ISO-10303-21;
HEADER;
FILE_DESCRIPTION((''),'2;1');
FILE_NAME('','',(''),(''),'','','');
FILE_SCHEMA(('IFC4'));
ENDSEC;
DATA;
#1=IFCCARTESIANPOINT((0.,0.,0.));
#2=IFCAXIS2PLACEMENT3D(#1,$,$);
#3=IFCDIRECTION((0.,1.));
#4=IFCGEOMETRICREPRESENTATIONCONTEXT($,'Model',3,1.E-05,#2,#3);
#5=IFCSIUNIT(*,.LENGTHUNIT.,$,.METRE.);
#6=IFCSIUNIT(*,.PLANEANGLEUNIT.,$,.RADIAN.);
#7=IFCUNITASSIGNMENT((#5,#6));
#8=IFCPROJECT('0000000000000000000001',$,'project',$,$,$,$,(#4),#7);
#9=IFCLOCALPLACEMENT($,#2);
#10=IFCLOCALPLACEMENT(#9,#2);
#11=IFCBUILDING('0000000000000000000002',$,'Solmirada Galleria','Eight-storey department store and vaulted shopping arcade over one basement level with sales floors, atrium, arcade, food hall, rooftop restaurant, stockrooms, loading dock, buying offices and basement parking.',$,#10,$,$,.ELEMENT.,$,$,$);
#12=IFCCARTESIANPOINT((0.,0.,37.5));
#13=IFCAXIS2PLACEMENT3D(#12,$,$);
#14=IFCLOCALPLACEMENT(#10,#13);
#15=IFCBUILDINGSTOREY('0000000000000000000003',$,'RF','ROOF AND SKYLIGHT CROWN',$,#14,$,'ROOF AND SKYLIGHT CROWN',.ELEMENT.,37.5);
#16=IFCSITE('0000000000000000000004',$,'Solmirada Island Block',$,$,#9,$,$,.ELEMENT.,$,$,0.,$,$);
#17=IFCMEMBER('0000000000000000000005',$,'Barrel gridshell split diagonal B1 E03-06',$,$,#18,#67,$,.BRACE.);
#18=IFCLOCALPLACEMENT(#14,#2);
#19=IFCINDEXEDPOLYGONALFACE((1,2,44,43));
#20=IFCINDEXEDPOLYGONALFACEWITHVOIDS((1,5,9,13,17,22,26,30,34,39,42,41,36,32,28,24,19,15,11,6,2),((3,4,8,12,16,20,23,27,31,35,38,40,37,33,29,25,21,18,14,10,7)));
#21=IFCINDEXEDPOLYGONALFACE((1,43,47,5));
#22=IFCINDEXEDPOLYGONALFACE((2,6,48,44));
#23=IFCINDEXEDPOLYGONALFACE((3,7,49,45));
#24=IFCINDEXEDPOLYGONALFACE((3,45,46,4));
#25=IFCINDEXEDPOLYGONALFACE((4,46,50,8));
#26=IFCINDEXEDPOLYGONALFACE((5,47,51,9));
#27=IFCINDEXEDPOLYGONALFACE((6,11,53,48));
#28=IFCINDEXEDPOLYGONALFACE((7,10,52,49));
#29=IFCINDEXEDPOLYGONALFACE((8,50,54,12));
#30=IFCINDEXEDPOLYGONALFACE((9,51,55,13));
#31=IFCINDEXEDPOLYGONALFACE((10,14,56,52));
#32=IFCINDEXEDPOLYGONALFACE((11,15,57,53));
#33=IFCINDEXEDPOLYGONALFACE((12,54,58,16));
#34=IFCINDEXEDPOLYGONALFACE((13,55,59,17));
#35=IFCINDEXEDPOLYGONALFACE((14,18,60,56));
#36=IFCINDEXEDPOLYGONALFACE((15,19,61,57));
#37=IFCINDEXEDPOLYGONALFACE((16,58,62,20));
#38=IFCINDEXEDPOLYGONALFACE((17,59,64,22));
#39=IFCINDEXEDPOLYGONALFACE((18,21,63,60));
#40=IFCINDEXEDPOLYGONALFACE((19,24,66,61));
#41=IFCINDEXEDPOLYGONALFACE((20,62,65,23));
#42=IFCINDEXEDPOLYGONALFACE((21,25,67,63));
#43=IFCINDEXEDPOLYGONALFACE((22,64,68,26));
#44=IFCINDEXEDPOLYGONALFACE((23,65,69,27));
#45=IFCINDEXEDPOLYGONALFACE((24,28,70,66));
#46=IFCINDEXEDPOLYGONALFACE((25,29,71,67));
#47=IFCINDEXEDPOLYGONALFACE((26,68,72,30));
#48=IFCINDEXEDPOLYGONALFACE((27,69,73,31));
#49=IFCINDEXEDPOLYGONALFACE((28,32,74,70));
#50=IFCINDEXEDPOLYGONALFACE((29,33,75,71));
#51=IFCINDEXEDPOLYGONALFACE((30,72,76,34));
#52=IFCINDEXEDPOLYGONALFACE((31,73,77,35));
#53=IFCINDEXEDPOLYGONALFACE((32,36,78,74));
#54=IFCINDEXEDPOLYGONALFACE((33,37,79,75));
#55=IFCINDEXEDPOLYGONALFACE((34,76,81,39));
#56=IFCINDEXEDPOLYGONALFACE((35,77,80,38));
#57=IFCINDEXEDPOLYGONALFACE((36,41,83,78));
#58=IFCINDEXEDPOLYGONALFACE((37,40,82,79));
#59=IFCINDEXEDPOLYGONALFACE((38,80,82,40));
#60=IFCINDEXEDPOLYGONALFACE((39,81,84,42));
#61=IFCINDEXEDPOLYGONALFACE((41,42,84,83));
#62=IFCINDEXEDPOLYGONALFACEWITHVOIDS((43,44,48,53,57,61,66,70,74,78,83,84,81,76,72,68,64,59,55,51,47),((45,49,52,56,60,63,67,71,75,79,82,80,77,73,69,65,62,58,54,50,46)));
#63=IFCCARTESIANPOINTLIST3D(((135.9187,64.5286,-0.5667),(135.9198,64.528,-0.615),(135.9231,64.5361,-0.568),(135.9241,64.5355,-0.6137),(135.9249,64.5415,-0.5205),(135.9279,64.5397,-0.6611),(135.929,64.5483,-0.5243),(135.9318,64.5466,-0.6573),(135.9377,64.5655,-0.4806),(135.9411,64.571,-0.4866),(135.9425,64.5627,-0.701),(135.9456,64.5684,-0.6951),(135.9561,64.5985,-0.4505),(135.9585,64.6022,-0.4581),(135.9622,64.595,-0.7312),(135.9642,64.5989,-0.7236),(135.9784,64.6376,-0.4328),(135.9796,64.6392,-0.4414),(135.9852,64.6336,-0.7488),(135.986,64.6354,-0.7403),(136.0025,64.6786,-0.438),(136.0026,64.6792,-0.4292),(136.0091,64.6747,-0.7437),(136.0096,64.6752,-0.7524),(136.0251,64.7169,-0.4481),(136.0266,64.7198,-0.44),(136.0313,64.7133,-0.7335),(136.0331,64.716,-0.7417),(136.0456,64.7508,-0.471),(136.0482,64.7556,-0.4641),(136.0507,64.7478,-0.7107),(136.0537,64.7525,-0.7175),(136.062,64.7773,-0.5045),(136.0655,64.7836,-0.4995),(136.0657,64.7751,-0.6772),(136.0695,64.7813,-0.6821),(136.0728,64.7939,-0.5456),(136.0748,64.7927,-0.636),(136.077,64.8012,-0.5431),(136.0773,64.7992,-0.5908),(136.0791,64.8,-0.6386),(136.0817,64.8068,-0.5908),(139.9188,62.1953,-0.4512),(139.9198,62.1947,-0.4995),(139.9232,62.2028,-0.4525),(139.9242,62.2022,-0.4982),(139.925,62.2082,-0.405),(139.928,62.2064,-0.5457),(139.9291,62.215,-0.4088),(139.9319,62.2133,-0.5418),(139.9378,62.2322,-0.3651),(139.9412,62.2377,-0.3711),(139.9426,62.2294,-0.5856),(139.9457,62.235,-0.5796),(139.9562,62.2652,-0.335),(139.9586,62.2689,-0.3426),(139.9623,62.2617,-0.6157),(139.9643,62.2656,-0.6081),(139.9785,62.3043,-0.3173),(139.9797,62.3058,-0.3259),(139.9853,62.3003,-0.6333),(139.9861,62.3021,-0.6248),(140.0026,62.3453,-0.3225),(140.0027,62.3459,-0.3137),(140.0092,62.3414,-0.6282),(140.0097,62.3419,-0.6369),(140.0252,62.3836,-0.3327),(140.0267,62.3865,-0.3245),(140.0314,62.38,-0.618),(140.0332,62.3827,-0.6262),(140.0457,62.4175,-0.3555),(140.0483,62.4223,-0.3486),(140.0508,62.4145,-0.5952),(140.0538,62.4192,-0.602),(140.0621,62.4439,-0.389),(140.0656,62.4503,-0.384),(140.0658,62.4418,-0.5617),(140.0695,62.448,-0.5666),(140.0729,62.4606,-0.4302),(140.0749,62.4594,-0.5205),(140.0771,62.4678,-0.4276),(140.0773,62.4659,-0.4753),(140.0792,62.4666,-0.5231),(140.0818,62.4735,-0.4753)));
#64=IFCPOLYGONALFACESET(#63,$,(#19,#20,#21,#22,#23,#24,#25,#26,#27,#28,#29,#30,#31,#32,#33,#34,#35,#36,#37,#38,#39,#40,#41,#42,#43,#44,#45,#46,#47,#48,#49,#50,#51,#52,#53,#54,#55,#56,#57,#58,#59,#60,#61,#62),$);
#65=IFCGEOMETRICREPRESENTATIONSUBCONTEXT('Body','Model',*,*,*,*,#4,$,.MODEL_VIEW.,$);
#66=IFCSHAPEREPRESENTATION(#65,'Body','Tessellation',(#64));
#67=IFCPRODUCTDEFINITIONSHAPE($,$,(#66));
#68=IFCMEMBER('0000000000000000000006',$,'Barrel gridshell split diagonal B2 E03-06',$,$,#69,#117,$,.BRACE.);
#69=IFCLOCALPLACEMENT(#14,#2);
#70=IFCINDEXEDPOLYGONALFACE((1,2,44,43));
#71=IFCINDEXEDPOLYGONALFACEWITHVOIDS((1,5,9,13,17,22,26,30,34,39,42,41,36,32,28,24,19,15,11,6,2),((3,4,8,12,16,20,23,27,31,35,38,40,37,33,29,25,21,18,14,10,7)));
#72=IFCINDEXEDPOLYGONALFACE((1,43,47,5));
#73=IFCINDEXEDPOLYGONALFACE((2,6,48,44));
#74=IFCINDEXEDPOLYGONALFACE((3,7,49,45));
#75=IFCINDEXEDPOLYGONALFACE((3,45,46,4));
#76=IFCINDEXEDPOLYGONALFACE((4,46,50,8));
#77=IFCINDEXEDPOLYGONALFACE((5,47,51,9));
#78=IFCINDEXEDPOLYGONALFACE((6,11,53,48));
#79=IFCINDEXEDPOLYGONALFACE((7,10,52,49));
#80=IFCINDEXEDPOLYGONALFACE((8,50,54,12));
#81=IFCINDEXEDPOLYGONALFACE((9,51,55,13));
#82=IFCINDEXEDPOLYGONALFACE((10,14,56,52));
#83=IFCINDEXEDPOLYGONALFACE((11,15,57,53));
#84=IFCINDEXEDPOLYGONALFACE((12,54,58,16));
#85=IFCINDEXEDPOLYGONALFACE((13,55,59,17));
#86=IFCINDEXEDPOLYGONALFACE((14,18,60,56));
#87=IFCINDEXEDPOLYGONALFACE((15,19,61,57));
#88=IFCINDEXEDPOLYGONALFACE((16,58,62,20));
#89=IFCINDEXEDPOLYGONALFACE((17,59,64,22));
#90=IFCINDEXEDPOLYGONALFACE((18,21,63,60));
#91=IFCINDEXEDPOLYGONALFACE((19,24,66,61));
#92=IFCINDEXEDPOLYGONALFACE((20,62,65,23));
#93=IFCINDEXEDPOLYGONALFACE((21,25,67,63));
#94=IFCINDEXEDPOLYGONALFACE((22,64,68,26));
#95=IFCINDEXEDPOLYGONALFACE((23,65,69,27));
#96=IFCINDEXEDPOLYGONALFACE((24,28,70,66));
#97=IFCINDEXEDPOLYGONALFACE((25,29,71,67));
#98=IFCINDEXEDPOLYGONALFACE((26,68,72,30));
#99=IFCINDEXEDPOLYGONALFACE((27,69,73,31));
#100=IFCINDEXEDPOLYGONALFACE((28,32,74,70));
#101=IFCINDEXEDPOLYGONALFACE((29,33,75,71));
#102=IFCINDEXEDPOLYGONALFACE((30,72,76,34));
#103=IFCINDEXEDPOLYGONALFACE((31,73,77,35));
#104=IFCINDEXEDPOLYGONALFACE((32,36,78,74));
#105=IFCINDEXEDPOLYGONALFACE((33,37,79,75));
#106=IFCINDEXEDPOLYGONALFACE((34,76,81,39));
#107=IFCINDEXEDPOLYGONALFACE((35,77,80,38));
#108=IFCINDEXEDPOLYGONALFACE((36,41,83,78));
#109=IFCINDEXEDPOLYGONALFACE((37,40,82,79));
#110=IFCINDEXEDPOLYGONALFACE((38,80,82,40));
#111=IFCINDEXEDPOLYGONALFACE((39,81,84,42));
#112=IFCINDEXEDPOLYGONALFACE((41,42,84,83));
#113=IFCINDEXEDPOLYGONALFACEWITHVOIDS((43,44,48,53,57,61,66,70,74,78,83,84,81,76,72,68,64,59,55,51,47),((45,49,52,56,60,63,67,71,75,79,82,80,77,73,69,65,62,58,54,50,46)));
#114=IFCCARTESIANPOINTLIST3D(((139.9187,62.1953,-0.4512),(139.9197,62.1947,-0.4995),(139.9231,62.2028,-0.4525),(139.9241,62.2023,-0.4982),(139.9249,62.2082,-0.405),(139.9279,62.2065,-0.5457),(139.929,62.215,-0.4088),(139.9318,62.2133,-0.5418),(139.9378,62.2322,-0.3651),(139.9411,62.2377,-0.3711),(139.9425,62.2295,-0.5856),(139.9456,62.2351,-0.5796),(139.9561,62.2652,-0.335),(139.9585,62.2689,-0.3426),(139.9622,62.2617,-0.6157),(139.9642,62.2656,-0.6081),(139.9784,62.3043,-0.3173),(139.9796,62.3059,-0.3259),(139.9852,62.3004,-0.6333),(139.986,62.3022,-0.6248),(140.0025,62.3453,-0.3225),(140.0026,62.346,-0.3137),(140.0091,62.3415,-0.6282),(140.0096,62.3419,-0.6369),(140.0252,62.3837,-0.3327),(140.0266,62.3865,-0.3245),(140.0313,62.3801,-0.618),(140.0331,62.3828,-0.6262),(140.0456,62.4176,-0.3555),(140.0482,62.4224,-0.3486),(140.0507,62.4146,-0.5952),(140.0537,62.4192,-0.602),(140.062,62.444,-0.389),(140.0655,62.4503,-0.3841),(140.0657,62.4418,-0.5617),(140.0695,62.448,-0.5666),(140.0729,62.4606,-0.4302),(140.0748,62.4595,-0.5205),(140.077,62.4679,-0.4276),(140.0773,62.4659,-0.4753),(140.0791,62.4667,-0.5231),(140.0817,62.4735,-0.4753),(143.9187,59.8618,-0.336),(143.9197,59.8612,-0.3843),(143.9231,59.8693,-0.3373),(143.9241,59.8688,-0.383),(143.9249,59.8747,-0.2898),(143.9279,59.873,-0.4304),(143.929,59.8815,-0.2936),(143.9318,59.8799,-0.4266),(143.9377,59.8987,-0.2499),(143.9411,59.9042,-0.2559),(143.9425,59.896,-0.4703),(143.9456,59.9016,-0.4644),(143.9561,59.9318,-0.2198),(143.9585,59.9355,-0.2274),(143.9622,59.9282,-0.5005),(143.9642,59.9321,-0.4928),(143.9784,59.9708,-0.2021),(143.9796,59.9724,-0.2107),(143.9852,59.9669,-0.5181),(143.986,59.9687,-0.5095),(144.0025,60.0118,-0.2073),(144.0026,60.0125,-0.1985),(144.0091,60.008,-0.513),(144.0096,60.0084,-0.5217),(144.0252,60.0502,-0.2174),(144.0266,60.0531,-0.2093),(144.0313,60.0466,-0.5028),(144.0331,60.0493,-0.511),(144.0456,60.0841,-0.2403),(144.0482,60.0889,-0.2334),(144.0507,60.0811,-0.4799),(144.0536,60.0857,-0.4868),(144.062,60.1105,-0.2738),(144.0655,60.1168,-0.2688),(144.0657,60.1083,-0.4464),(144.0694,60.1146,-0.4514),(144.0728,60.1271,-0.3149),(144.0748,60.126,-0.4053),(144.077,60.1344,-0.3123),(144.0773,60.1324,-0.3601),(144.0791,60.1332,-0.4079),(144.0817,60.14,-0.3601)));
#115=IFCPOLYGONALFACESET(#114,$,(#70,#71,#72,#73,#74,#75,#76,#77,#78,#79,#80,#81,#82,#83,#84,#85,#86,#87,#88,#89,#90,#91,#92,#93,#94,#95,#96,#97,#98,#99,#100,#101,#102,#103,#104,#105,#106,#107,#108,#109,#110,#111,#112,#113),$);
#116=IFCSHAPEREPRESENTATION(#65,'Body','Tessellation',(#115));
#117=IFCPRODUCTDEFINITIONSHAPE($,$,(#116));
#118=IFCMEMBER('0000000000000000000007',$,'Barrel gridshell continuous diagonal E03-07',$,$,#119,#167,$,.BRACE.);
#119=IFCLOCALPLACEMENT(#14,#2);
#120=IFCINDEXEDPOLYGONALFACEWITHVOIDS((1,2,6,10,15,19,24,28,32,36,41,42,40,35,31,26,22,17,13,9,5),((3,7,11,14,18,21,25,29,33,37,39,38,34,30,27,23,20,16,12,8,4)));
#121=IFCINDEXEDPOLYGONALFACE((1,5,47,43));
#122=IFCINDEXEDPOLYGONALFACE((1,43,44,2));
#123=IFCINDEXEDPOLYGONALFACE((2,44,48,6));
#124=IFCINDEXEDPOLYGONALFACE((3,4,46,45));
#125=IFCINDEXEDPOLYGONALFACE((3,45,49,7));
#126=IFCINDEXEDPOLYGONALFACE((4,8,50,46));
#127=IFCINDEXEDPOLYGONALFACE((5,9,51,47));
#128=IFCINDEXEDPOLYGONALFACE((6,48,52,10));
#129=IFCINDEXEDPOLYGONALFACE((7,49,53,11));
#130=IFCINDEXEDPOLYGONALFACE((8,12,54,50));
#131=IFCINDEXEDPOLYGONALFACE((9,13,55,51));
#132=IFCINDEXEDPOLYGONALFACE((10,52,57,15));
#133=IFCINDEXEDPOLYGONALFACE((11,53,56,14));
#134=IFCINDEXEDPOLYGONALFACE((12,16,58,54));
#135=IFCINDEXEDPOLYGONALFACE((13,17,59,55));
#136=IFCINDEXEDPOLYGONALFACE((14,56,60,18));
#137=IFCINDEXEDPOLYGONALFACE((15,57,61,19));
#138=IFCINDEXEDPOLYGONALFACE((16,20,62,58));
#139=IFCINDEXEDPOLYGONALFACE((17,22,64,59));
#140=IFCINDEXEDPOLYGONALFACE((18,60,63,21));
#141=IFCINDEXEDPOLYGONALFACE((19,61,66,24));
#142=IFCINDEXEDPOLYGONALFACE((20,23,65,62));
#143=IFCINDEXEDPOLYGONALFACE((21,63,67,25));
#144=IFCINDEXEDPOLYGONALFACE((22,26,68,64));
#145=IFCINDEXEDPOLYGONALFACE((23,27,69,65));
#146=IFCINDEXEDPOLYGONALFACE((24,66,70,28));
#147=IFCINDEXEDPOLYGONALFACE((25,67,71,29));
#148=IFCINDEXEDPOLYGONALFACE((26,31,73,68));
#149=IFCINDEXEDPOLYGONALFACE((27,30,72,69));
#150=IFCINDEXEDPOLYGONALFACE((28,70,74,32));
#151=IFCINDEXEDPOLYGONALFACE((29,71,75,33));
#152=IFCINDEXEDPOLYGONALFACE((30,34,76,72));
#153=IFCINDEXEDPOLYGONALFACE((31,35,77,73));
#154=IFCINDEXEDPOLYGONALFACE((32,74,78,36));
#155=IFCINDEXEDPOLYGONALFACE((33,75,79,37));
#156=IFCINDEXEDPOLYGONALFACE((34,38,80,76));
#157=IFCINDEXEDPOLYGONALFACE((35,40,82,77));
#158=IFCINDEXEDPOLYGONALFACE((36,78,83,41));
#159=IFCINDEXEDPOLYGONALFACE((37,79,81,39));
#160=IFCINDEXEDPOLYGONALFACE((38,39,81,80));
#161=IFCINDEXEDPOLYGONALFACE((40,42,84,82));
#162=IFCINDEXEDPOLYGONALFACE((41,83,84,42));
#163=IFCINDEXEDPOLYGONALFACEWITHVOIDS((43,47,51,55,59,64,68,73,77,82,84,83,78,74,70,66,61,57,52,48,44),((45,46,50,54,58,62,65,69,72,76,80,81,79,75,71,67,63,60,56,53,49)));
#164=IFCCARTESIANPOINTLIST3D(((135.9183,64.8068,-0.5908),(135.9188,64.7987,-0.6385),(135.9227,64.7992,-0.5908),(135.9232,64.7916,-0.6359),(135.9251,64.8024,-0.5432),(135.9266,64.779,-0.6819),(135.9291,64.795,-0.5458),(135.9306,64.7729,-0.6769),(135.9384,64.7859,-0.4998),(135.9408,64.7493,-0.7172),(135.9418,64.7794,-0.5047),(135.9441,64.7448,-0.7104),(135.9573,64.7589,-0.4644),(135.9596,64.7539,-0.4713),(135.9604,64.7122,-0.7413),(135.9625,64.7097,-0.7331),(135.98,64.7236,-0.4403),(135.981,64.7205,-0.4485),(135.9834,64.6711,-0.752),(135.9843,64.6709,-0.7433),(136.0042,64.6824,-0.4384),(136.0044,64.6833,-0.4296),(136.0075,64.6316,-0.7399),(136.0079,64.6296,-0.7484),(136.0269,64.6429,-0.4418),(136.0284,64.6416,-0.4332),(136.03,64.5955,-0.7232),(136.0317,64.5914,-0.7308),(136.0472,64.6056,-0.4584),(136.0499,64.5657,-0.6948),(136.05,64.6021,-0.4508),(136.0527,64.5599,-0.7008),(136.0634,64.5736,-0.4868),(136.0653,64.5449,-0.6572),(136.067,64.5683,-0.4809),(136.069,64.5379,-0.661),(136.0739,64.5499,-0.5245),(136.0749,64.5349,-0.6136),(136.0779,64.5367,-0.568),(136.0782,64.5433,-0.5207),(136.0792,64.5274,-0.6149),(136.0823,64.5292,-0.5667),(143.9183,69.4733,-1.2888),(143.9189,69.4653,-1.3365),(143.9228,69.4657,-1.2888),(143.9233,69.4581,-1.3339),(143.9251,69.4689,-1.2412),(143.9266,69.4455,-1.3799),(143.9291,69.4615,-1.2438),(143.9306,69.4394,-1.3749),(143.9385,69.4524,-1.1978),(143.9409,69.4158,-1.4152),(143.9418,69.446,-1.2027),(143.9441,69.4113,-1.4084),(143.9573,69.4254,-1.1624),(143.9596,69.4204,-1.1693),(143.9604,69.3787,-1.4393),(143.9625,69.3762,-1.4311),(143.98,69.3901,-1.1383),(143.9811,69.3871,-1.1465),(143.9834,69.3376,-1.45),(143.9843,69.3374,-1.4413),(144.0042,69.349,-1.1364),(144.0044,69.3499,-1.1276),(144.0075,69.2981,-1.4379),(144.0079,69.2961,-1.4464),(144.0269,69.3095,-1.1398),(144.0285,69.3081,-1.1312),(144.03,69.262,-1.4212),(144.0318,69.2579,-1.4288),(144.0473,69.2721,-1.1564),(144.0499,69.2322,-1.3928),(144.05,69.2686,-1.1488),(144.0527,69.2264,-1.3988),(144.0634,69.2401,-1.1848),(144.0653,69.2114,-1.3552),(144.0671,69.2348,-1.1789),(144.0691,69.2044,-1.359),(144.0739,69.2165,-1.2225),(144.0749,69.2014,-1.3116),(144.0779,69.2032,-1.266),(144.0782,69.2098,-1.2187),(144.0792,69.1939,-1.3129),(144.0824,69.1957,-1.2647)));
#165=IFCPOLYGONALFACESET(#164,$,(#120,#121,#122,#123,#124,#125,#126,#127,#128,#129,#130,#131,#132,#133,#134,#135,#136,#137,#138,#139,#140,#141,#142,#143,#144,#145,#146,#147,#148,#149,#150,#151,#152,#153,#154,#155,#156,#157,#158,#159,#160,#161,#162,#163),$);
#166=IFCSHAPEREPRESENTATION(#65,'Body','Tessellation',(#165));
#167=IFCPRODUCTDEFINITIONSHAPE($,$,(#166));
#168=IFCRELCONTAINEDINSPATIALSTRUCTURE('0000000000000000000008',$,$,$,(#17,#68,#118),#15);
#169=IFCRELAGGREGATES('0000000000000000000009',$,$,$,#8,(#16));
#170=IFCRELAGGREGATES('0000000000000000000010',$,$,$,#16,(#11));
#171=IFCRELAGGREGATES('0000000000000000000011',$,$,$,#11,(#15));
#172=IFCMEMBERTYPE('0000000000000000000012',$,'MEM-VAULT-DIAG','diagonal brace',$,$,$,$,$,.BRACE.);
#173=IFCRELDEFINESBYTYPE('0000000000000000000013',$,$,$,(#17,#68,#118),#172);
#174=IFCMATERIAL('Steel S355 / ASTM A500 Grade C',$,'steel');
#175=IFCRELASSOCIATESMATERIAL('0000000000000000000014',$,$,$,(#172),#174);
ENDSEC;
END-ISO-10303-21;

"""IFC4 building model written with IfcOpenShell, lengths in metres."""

from ifc_helpers import new_model, si_unit, direction, frame, origin, origin_2d, place, context, subcontext, project, spatial, hollow_circle, extrude, material, material_profile, profile_set, type_object, element, save


model = new_model("IFC4")

# Units and contexts
model_context = context("Model", 3, precision=1e-05, world=origin(), true_north=direction((0.0, 1.0)))
body_context = subcontext(model_context, "Body", "Model", "MODEL_VIEW")
ifc_project = project(units=[si_unit("LENGTHUNIT", "METRE"), si_unit("PLANEANGLEUNIT", "RADIAN")], contexts=[model_context])

# Site, building, storey
site_placement = place(None, origin())
site = spatial("IfcSite", under=ifc_project, at=site_placement, Name="Solmirada Island Block", CompositionType="ELEMENT", RefElevation=0.0)
building_placement = place(site_placement, origin())
building = spatial("IfcBuilding", under=site, at=building_placement, Name="Solmirada Galleria", Description="Eight-storey department store and vaulted shopping arcade over one basement level with sales floors, atrium, arcade, food hall, rooftop restaurant, stockrooms, loading dock, buying offices and basement parking.", CompositionType="ELEMENT")
storey_placement = place(building_placement, frame((0.0, 0.0, 37.5)))
storey = spatial("IfcBuildingStorey", under=building, at=storey_placement, Name="RF", Description="ROOF AND SKYLIGHT CROWN", LongName="ROOF AND SKYLIGHT CROWN", CompositionType="ELEMENT", Elevation=37.5)

# Members
ifc_material_1 = material(Name="Steel S355 / ASTM A500 Grade C", Category="steel")
ifc_material_profile_1 = material_profile(ifc_material_1, hollow_circle(Radius=0.1621, WallThickness=0.0088, at=origin_2d()), Name="HSS12.750X0.375")
ifc_profile_set_1 = profile_set([ifc_material_profile_1], Name="Steel S355 / ASTM A500 Grade C")
member_type_1 = type_object("IfcMemberType", Name="MEM-VAULT-DIAG", Description="diagonal brace", PredefinedType="BRACE", material=ifc_profile_set_1)
for number, where, z_axis, x_axis, name in (
    (1, (136.0, 64.6667, -0.5908), (0.863518, -0.503701, 0.024929), (0.503858, 0.863787, 0.0), "Barrel gridshell split diagonal B1 E03-06"),
    (2, (140.0, 62.3335, -0.4753), (0.863496, -0.503741, 0.024876), (0.503897, 0.863764, 0.0), "Barrel gridshell split diagonal B2 E03-06"),
):
    element("IfcMember", number, at=place(storey_placement, frame(where, z_axis=z_axis, x_axis=x_axis)), inside=storey, type_object=member_type_1, Name=name, PredefinedType="BRACE", context=body_context, shape_type="SweptSolid", body=[
        extrude(hollow_circle(Radius=0.1621, WallThickness=0.0088, at=origin_2d()), origin(), (0.0, 0.0, 1.0), 4.6323),
    ])
member_1_placement = place(storey_placement, frame((136.0, 64.6667, -0.5908), z_axis=(0.861344, 0.502433, -0.075152), x_axis=(-0.503858, 0.863787, 0.0)))
element("IfcMember", 3, at=member_1_placement, inside=storey, type_object=member_type_1, Name="Barrel gridshell continuous diagonal E03-07", PredefinedType="BRACE", context=body_context, shape_type="SweptSolid", body=[
    extrude(hollow_circle(Radius=0.1621, WallThickness=0.0088, at=origin_2d()), origin(), (0.0, 0.0, 1.0), 9.2878),
])

save(model, "model.ifc")
